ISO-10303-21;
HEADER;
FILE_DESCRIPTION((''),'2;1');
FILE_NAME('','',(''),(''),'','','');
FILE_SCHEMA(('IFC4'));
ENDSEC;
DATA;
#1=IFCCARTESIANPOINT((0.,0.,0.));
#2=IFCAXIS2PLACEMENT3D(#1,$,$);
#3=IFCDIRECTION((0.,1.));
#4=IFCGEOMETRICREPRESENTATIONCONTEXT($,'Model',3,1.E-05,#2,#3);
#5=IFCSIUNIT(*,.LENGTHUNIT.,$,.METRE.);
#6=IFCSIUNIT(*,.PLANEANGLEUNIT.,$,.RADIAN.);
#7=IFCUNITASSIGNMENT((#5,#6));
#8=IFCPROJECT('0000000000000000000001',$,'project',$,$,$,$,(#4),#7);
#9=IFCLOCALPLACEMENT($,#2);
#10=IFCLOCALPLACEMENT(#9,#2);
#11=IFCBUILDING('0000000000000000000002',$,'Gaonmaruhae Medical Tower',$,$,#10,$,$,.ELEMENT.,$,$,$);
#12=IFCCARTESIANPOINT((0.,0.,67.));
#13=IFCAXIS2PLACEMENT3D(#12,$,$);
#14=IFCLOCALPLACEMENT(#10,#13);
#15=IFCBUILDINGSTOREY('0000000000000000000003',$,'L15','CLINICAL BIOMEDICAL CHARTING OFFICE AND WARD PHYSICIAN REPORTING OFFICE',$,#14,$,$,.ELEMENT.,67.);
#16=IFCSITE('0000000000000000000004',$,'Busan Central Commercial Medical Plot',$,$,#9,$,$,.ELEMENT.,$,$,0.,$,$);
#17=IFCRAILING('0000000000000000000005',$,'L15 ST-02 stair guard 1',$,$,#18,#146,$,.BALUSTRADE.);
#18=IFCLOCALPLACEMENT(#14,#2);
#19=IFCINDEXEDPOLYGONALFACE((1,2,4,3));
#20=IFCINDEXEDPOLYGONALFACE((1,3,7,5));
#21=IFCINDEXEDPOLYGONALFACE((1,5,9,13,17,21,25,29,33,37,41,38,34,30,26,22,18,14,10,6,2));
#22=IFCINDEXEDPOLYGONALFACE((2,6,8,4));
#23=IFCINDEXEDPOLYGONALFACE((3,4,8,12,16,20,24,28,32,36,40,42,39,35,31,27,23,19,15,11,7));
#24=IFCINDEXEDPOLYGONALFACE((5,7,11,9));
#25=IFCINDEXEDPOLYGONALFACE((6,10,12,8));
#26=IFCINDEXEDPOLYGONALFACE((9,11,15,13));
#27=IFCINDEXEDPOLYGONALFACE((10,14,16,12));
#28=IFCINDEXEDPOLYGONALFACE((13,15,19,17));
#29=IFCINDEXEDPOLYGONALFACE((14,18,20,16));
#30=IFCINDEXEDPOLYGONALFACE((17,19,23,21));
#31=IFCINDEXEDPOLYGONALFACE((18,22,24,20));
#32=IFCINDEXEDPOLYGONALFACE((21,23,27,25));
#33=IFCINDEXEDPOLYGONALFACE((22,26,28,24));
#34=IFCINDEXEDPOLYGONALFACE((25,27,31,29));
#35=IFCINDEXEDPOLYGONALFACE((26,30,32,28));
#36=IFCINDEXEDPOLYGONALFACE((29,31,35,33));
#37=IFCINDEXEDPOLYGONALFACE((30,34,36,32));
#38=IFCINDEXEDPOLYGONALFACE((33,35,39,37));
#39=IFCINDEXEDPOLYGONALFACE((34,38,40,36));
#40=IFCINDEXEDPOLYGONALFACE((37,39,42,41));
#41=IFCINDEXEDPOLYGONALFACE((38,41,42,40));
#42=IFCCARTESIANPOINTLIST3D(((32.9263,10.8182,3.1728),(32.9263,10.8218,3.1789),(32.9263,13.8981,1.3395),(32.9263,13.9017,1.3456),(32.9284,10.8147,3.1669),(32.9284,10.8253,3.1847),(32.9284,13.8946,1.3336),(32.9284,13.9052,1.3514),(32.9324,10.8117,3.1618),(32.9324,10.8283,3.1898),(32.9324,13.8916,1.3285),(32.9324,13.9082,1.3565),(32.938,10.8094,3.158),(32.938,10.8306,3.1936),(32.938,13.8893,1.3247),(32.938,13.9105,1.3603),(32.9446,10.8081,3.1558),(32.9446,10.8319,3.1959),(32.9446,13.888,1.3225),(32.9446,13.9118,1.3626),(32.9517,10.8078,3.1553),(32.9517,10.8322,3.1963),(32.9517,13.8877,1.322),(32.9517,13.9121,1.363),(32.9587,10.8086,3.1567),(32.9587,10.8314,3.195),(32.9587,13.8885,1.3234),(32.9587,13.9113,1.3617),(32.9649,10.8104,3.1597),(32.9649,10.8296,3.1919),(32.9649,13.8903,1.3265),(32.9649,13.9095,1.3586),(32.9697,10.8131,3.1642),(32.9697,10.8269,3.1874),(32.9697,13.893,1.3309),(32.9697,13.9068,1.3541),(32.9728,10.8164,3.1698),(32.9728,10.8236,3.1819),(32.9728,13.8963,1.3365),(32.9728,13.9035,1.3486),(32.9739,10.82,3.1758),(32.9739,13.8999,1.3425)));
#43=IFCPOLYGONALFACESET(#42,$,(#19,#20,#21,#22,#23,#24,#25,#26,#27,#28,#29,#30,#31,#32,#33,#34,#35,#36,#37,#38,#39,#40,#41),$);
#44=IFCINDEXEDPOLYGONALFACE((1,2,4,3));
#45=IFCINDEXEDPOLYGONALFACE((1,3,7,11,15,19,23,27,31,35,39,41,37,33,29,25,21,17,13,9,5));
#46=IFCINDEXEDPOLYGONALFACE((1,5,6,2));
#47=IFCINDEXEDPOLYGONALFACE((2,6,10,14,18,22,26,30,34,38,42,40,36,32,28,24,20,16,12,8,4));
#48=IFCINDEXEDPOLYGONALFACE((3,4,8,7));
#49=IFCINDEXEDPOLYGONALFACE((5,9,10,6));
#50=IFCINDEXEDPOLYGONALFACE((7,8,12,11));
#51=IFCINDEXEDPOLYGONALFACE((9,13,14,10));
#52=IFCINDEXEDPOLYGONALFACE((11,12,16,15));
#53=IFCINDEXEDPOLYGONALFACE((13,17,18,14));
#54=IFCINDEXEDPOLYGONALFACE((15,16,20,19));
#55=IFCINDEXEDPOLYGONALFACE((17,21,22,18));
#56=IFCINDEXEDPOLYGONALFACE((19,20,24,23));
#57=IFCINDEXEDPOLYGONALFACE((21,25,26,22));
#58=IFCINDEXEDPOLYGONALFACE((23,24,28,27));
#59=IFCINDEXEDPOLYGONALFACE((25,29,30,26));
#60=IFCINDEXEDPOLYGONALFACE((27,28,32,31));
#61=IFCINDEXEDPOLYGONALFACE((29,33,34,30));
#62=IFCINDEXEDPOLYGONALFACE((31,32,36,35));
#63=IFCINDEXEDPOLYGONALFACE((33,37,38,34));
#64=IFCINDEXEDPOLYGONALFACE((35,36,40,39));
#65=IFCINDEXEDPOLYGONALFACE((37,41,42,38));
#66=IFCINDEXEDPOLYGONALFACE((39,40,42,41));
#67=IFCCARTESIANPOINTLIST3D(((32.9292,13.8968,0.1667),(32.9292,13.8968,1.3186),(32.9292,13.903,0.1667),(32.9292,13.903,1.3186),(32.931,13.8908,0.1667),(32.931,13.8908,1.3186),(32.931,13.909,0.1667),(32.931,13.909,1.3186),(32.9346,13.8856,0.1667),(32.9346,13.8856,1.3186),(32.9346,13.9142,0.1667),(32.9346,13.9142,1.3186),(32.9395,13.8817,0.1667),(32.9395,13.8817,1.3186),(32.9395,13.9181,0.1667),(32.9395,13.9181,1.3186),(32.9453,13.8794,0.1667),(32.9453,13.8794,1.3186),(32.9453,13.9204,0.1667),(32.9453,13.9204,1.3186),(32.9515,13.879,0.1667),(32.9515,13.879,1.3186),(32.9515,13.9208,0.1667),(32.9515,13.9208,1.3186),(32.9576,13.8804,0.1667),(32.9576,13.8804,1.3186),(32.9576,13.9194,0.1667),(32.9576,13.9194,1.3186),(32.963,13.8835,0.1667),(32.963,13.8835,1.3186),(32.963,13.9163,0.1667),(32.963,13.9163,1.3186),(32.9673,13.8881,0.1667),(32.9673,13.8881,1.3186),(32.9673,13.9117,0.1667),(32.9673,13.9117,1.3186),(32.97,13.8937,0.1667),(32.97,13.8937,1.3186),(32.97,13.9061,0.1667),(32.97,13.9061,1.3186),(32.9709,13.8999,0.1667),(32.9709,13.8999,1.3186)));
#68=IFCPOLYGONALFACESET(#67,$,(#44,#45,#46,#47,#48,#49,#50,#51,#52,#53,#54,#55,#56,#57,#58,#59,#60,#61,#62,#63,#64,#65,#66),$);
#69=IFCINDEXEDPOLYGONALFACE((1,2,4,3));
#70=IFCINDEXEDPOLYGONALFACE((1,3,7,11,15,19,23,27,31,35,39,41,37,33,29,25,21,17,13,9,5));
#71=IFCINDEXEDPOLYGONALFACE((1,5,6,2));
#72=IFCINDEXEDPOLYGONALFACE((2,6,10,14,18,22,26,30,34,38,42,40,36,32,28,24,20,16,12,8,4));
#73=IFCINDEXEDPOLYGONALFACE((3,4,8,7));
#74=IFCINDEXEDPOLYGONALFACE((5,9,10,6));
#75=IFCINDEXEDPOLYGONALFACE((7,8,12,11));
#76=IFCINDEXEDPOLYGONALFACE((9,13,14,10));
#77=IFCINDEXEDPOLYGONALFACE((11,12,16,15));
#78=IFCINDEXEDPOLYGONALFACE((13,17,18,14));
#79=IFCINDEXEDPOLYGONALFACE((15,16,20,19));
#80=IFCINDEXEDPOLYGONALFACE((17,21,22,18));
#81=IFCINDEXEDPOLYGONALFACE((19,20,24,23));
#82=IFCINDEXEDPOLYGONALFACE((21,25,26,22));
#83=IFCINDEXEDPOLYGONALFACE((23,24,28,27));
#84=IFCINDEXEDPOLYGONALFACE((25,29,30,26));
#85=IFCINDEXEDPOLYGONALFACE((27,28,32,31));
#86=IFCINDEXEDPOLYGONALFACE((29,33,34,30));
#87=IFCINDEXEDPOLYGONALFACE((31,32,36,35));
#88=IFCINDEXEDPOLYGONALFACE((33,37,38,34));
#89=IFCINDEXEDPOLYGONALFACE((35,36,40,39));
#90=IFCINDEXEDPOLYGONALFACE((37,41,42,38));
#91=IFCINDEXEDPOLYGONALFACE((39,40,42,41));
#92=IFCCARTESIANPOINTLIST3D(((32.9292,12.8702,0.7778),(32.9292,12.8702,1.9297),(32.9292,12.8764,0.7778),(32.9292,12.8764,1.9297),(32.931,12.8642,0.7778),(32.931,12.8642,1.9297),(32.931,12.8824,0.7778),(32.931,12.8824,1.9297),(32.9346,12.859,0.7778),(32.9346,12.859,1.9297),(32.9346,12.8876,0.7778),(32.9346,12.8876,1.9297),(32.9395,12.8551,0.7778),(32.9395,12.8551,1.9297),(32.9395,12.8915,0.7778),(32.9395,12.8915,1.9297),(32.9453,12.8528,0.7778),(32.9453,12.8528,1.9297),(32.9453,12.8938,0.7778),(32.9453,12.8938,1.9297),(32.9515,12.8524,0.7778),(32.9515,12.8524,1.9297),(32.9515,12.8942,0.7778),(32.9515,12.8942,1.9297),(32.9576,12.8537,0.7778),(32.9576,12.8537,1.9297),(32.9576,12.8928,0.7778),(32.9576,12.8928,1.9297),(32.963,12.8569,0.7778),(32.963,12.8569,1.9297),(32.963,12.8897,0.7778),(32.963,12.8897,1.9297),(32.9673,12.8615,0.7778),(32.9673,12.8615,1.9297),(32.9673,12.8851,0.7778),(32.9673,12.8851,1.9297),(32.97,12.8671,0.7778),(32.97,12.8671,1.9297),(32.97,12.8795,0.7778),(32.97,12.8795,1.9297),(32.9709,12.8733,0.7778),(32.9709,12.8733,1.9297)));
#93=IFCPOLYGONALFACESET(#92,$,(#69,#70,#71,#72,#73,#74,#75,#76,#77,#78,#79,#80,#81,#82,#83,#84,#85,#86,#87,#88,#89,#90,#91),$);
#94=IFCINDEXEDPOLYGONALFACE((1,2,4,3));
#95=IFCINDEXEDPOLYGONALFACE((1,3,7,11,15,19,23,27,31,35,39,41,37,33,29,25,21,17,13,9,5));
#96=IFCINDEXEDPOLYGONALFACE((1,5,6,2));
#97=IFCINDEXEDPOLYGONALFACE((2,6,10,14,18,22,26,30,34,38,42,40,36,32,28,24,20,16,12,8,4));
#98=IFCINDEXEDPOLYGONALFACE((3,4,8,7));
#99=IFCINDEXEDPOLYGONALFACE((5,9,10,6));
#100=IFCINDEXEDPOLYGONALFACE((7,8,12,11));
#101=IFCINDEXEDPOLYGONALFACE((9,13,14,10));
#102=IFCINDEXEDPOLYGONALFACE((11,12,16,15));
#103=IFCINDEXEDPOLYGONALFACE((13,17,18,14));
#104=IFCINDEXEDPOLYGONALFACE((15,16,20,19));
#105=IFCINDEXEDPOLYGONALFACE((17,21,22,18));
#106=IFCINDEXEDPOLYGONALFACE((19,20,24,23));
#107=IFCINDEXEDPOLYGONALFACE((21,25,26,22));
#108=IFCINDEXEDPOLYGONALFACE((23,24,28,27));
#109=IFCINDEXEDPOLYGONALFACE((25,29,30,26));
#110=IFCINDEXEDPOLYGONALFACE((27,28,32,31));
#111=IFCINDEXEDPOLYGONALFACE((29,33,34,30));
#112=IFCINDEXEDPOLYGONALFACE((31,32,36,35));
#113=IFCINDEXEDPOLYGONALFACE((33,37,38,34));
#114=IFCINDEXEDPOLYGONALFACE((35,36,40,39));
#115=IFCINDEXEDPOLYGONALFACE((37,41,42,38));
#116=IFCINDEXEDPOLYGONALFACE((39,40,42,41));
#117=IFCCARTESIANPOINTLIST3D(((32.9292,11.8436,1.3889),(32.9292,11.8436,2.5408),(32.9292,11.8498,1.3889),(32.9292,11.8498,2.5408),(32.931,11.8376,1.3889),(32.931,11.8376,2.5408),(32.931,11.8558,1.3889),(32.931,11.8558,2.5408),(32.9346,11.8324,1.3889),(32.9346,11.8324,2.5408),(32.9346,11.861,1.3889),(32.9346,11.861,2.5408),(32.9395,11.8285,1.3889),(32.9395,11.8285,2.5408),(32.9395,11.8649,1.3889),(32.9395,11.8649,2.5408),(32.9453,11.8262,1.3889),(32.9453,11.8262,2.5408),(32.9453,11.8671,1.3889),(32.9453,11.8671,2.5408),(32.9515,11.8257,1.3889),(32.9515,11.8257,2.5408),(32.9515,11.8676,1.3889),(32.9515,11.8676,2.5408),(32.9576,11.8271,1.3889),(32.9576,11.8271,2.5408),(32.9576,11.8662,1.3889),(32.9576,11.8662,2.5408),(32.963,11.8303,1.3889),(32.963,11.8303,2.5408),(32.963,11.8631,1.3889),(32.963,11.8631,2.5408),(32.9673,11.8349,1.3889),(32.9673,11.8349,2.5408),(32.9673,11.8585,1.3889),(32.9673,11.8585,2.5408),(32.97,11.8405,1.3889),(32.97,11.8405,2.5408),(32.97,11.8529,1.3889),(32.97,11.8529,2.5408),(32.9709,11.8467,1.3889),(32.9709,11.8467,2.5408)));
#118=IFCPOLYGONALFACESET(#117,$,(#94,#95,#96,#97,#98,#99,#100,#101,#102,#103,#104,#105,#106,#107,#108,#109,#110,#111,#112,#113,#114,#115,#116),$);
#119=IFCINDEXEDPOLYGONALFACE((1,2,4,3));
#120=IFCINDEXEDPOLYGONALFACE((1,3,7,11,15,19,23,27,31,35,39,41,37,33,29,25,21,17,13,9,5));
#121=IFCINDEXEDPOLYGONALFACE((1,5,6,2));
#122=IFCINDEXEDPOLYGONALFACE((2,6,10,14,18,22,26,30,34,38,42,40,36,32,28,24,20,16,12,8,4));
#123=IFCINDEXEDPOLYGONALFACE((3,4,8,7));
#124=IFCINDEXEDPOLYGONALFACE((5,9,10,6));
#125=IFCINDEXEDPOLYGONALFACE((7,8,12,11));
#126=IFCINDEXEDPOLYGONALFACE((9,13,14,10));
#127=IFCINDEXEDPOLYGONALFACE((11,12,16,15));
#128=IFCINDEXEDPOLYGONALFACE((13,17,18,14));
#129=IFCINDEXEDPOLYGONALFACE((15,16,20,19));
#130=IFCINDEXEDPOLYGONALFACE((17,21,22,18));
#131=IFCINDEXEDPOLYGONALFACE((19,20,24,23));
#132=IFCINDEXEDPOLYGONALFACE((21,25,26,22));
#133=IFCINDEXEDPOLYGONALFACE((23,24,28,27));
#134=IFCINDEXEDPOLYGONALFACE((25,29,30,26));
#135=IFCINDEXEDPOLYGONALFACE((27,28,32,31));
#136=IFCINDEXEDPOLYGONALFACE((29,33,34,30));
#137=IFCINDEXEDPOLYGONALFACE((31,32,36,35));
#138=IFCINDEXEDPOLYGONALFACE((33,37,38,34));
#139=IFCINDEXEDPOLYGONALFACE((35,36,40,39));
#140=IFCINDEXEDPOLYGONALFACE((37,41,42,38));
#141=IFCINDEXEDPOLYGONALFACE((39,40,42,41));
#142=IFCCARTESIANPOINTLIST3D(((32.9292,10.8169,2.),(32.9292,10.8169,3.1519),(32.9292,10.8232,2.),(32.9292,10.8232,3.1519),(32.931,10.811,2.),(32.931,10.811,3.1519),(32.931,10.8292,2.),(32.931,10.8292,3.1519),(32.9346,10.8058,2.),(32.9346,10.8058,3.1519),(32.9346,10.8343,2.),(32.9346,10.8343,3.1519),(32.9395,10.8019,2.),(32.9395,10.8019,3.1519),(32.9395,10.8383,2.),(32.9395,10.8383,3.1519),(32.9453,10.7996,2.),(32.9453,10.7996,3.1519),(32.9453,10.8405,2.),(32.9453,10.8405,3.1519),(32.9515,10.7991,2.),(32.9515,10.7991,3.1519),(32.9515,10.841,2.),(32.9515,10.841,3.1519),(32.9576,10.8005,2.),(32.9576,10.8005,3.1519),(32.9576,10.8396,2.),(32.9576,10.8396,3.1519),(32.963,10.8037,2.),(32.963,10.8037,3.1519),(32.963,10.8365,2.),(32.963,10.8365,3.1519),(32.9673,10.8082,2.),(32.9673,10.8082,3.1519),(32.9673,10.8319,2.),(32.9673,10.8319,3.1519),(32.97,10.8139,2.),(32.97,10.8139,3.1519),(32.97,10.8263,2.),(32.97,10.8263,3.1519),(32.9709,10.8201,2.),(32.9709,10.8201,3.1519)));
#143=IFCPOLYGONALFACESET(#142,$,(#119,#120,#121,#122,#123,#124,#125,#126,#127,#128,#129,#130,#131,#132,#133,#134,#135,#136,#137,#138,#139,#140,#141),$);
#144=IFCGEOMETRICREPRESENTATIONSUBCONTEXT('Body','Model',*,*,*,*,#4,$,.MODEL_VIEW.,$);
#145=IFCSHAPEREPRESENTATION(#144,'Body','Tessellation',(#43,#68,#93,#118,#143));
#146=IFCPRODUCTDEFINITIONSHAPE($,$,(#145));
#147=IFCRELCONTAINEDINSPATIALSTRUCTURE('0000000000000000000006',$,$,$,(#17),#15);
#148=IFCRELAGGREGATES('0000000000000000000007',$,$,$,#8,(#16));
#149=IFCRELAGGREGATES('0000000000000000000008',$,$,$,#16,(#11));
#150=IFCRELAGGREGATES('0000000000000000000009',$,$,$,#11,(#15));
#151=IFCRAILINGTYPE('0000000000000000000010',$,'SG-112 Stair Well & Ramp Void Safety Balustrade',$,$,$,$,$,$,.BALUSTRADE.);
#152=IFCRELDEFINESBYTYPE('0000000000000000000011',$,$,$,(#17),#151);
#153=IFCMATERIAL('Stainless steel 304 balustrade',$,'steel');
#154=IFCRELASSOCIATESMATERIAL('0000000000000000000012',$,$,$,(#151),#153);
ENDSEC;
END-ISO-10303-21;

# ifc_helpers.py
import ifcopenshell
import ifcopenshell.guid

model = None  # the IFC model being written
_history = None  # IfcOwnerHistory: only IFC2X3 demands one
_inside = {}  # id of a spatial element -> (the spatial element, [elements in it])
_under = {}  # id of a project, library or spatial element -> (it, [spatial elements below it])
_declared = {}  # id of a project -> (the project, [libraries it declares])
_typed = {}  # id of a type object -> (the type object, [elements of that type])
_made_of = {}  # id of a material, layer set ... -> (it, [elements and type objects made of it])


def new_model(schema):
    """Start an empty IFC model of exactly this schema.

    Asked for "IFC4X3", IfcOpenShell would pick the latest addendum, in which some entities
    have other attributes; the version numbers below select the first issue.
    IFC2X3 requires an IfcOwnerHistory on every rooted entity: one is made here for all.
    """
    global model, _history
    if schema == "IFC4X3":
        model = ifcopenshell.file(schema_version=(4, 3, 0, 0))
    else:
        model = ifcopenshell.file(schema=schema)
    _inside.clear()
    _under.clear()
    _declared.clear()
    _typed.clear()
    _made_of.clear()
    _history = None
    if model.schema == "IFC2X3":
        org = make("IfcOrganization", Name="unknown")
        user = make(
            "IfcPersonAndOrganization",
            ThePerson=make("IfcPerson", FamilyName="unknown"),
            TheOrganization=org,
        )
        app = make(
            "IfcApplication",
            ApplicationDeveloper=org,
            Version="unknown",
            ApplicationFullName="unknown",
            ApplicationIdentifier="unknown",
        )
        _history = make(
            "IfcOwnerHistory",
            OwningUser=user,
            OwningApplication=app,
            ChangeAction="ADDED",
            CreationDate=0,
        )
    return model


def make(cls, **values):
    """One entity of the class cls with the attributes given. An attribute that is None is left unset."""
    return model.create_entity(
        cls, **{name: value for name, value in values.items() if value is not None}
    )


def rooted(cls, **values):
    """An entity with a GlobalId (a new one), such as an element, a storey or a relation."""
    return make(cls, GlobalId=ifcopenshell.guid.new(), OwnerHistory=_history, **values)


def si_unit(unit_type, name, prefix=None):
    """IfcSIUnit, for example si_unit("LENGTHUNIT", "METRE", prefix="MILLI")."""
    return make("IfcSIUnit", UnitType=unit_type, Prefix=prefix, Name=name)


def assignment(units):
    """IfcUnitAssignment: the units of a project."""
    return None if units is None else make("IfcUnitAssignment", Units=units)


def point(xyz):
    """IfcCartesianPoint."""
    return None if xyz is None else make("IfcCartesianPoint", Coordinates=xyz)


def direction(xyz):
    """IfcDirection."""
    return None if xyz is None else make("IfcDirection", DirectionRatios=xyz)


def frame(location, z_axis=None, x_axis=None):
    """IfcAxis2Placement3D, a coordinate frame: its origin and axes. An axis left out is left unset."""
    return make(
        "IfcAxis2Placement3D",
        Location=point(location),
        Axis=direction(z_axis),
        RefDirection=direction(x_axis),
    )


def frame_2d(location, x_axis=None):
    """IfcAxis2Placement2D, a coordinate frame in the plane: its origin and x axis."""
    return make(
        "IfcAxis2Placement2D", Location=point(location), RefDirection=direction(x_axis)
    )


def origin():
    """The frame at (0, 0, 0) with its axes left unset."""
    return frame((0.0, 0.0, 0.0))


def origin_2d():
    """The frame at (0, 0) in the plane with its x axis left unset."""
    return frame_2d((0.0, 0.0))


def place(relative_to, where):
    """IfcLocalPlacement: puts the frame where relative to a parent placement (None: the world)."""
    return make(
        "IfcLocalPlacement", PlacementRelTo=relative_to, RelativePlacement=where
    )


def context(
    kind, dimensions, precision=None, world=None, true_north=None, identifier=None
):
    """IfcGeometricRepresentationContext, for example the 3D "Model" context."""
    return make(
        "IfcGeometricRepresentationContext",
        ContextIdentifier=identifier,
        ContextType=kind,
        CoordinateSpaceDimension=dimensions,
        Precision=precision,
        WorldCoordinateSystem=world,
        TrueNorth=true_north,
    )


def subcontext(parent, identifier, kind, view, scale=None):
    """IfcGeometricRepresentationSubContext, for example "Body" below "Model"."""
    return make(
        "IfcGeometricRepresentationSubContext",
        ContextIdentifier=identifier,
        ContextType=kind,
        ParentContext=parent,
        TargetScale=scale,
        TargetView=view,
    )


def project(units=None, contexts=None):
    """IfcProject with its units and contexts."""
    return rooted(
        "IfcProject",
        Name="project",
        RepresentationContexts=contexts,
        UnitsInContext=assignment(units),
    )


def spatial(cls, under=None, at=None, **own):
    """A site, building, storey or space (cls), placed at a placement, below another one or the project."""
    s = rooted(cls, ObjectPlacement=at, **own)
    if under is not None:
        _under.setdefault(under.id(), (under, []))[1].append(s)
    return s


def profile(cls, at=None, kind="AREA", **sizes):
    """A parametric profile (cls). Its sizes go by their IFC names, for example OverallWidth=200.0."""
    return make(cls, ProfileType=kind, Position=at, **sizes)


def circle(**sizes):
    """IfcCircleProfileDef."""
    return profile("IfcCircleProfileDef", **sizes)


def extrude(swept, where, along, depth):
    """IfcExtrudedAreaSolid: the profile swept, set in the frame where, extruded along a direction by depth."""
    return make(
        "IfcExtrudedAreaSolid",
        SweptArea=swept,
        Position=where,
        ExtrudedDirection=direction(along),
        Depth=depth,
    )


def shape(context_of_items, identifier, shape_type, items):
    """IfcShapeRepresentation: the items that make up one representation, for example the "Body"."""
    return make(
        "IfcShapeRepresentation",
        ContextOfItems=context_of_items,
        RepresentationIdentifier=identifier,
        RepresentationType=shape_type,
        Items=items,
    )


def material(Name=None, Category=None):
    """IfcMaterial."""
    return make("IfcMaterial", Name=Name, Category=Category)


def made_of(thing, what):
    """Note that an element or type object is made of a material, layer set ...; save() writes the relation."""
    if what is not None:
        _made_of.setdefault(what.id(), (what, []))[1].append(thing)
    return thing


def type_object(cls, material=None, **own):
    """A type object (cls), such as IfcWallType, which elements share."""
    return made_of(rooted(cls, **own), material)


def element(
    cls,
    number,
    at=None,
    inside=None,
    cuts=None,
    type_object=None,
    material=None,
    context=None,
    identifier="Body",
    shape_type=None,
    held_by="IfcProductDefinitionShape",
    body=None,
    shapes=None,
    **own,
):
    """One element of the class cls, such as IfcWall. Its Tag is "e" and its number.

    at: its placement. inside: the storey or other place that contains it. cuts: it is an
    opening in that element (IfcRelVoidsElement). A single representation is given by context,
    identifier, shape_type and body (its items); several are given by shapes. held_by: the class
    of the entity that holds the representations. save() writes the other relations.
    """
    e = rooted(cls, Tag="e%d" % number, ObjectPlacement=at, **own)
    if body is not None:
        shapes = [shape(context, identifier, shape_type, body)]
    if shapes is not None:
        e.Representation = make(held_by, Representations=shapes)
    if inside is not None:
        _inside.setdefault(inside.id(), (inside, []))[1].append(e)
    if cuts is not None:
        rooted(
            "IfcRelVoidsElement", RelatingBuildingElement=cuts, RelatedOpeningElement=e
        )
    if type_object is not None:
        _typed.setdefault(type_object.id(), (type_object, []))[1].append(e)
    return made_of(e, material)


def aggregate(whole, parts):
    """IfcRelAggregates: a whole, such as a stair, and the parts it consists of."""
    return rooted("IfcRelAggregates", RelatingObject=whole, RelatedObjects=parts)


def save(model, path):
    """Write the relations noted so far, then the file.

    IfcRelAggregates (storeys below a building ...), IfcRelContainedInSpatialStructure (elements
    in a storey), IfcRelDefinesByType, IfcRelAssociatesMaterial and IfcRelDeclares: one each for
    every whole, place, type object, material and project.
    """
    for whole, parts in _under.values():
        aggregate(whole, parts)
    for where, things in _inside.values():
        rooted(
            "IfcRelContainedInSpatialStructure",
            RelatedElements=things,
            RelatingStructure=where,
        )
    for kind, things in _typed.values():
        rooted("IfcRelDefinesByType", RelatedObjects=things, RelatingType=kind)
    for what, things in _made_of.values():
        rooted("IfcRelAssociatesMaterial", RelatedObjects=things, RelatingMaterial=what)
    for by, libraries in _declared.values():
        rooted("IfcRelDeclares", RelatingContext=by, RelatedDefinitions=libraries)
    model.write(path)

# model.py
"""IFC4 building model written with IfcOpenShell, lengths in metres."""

from ifc_helpers import new_model, si_unit, direction, frame, origin, origin_2d, place, context, subcontext, project, spatial, circle, extrude, material, type_object, element, save


model = new_model("IFC4")

# Units and contexts
model_context = context("Model", 3, precision=1e-05, world=origin(), true_north=direction((0.0, 1.0)))
body_context = subcontext(model_context, "Body", "Model", "MODEL_VIEW")
ifc_project = project(units=[si_unit("LENGTHUNIT", "METRE"), si_unit("PLANEANGLEUNIT", "RADIAN")], contexts=[model_context])

# Site, building, storey
site_placement = place(None, origin())
site = spatial("IfcSite", under=ifc_project, at=site_placement, Name="Busan Central Commercial Medical Plot", CompositionType="ELEMENT", RefElevation=0.0)
building_placement = place(site_placement, origin())
building = spatial("IfcBuilding", under=site, at=building_placement, Name="Gaonmaruhae Medical Tower", CompositionType="ELEMENT")
storey_placement = place(building_placement, frame((0.0, 0.0, 67.0)))
storey = spatial("IfcBuildingStorey", under=building, at=storey_placement, Name="L15", Description="CLINICAL BIOMEDICAL CHARTING OFFICE AND WARD PHYSICIAN REPORTING OFFICE", CompositionType="ELEMENT", Elevation=67.0)

# Railing
ifc_material_1 = material(Name="Stainless steel 304 balustrade", Category="steel")
railing_type_1 = type_object("IfcRailingType", Name="SG-112 Stair Well & Ramp Void Safety Balustrade", PredefinedType="BALUSTRADE", material=ifc_material_1)
railing_1_placement = place(storey_placement, frame((32.95, 13.8999, 0.1667)))
element("IfcRailing", 1, at=railing_1_placement, inside=storey, type_object=railing_type_1, Name="L15 ST-02 stair guard 1", PredefinedType="BALUSTRADE", context=body_context, shape_type="SweptSolid", body=[
    extrude(circle(Radius=0.0239, at=origin_2d()), frame((0.0, 0.0, 1.1758), z_axis=(0.0, -0.859291, 0.511487), x_axis=(1.0, 0.0, 0.0)), (0.0, 0.0, 1.0), 3.5842),
    extrude(circle(Radius=0.021, at=origin_2d()), origin(), (0.0, 0.0, 1.0), 1.1519),
    extrude(circle(Radius=0.021, at=origin_2d()), frame((0.0, -1.0266, 0.6111)), (0.0, 0.0, 1.0), 1.1519),
    extrude(circle(Radius=0.021, at=origin_2d()), frame((0.0, -2.0532, 1.2222)), (0.0, 0.0, 1.0), 1.1519),
    extrude(circle(Radius=0.021, at=origin_2d()), frame((0.0, -3.0798, 1.8333)), (0.0, 0.0, 1.0), 1.1519),
])

save(model, "model.ifc")
